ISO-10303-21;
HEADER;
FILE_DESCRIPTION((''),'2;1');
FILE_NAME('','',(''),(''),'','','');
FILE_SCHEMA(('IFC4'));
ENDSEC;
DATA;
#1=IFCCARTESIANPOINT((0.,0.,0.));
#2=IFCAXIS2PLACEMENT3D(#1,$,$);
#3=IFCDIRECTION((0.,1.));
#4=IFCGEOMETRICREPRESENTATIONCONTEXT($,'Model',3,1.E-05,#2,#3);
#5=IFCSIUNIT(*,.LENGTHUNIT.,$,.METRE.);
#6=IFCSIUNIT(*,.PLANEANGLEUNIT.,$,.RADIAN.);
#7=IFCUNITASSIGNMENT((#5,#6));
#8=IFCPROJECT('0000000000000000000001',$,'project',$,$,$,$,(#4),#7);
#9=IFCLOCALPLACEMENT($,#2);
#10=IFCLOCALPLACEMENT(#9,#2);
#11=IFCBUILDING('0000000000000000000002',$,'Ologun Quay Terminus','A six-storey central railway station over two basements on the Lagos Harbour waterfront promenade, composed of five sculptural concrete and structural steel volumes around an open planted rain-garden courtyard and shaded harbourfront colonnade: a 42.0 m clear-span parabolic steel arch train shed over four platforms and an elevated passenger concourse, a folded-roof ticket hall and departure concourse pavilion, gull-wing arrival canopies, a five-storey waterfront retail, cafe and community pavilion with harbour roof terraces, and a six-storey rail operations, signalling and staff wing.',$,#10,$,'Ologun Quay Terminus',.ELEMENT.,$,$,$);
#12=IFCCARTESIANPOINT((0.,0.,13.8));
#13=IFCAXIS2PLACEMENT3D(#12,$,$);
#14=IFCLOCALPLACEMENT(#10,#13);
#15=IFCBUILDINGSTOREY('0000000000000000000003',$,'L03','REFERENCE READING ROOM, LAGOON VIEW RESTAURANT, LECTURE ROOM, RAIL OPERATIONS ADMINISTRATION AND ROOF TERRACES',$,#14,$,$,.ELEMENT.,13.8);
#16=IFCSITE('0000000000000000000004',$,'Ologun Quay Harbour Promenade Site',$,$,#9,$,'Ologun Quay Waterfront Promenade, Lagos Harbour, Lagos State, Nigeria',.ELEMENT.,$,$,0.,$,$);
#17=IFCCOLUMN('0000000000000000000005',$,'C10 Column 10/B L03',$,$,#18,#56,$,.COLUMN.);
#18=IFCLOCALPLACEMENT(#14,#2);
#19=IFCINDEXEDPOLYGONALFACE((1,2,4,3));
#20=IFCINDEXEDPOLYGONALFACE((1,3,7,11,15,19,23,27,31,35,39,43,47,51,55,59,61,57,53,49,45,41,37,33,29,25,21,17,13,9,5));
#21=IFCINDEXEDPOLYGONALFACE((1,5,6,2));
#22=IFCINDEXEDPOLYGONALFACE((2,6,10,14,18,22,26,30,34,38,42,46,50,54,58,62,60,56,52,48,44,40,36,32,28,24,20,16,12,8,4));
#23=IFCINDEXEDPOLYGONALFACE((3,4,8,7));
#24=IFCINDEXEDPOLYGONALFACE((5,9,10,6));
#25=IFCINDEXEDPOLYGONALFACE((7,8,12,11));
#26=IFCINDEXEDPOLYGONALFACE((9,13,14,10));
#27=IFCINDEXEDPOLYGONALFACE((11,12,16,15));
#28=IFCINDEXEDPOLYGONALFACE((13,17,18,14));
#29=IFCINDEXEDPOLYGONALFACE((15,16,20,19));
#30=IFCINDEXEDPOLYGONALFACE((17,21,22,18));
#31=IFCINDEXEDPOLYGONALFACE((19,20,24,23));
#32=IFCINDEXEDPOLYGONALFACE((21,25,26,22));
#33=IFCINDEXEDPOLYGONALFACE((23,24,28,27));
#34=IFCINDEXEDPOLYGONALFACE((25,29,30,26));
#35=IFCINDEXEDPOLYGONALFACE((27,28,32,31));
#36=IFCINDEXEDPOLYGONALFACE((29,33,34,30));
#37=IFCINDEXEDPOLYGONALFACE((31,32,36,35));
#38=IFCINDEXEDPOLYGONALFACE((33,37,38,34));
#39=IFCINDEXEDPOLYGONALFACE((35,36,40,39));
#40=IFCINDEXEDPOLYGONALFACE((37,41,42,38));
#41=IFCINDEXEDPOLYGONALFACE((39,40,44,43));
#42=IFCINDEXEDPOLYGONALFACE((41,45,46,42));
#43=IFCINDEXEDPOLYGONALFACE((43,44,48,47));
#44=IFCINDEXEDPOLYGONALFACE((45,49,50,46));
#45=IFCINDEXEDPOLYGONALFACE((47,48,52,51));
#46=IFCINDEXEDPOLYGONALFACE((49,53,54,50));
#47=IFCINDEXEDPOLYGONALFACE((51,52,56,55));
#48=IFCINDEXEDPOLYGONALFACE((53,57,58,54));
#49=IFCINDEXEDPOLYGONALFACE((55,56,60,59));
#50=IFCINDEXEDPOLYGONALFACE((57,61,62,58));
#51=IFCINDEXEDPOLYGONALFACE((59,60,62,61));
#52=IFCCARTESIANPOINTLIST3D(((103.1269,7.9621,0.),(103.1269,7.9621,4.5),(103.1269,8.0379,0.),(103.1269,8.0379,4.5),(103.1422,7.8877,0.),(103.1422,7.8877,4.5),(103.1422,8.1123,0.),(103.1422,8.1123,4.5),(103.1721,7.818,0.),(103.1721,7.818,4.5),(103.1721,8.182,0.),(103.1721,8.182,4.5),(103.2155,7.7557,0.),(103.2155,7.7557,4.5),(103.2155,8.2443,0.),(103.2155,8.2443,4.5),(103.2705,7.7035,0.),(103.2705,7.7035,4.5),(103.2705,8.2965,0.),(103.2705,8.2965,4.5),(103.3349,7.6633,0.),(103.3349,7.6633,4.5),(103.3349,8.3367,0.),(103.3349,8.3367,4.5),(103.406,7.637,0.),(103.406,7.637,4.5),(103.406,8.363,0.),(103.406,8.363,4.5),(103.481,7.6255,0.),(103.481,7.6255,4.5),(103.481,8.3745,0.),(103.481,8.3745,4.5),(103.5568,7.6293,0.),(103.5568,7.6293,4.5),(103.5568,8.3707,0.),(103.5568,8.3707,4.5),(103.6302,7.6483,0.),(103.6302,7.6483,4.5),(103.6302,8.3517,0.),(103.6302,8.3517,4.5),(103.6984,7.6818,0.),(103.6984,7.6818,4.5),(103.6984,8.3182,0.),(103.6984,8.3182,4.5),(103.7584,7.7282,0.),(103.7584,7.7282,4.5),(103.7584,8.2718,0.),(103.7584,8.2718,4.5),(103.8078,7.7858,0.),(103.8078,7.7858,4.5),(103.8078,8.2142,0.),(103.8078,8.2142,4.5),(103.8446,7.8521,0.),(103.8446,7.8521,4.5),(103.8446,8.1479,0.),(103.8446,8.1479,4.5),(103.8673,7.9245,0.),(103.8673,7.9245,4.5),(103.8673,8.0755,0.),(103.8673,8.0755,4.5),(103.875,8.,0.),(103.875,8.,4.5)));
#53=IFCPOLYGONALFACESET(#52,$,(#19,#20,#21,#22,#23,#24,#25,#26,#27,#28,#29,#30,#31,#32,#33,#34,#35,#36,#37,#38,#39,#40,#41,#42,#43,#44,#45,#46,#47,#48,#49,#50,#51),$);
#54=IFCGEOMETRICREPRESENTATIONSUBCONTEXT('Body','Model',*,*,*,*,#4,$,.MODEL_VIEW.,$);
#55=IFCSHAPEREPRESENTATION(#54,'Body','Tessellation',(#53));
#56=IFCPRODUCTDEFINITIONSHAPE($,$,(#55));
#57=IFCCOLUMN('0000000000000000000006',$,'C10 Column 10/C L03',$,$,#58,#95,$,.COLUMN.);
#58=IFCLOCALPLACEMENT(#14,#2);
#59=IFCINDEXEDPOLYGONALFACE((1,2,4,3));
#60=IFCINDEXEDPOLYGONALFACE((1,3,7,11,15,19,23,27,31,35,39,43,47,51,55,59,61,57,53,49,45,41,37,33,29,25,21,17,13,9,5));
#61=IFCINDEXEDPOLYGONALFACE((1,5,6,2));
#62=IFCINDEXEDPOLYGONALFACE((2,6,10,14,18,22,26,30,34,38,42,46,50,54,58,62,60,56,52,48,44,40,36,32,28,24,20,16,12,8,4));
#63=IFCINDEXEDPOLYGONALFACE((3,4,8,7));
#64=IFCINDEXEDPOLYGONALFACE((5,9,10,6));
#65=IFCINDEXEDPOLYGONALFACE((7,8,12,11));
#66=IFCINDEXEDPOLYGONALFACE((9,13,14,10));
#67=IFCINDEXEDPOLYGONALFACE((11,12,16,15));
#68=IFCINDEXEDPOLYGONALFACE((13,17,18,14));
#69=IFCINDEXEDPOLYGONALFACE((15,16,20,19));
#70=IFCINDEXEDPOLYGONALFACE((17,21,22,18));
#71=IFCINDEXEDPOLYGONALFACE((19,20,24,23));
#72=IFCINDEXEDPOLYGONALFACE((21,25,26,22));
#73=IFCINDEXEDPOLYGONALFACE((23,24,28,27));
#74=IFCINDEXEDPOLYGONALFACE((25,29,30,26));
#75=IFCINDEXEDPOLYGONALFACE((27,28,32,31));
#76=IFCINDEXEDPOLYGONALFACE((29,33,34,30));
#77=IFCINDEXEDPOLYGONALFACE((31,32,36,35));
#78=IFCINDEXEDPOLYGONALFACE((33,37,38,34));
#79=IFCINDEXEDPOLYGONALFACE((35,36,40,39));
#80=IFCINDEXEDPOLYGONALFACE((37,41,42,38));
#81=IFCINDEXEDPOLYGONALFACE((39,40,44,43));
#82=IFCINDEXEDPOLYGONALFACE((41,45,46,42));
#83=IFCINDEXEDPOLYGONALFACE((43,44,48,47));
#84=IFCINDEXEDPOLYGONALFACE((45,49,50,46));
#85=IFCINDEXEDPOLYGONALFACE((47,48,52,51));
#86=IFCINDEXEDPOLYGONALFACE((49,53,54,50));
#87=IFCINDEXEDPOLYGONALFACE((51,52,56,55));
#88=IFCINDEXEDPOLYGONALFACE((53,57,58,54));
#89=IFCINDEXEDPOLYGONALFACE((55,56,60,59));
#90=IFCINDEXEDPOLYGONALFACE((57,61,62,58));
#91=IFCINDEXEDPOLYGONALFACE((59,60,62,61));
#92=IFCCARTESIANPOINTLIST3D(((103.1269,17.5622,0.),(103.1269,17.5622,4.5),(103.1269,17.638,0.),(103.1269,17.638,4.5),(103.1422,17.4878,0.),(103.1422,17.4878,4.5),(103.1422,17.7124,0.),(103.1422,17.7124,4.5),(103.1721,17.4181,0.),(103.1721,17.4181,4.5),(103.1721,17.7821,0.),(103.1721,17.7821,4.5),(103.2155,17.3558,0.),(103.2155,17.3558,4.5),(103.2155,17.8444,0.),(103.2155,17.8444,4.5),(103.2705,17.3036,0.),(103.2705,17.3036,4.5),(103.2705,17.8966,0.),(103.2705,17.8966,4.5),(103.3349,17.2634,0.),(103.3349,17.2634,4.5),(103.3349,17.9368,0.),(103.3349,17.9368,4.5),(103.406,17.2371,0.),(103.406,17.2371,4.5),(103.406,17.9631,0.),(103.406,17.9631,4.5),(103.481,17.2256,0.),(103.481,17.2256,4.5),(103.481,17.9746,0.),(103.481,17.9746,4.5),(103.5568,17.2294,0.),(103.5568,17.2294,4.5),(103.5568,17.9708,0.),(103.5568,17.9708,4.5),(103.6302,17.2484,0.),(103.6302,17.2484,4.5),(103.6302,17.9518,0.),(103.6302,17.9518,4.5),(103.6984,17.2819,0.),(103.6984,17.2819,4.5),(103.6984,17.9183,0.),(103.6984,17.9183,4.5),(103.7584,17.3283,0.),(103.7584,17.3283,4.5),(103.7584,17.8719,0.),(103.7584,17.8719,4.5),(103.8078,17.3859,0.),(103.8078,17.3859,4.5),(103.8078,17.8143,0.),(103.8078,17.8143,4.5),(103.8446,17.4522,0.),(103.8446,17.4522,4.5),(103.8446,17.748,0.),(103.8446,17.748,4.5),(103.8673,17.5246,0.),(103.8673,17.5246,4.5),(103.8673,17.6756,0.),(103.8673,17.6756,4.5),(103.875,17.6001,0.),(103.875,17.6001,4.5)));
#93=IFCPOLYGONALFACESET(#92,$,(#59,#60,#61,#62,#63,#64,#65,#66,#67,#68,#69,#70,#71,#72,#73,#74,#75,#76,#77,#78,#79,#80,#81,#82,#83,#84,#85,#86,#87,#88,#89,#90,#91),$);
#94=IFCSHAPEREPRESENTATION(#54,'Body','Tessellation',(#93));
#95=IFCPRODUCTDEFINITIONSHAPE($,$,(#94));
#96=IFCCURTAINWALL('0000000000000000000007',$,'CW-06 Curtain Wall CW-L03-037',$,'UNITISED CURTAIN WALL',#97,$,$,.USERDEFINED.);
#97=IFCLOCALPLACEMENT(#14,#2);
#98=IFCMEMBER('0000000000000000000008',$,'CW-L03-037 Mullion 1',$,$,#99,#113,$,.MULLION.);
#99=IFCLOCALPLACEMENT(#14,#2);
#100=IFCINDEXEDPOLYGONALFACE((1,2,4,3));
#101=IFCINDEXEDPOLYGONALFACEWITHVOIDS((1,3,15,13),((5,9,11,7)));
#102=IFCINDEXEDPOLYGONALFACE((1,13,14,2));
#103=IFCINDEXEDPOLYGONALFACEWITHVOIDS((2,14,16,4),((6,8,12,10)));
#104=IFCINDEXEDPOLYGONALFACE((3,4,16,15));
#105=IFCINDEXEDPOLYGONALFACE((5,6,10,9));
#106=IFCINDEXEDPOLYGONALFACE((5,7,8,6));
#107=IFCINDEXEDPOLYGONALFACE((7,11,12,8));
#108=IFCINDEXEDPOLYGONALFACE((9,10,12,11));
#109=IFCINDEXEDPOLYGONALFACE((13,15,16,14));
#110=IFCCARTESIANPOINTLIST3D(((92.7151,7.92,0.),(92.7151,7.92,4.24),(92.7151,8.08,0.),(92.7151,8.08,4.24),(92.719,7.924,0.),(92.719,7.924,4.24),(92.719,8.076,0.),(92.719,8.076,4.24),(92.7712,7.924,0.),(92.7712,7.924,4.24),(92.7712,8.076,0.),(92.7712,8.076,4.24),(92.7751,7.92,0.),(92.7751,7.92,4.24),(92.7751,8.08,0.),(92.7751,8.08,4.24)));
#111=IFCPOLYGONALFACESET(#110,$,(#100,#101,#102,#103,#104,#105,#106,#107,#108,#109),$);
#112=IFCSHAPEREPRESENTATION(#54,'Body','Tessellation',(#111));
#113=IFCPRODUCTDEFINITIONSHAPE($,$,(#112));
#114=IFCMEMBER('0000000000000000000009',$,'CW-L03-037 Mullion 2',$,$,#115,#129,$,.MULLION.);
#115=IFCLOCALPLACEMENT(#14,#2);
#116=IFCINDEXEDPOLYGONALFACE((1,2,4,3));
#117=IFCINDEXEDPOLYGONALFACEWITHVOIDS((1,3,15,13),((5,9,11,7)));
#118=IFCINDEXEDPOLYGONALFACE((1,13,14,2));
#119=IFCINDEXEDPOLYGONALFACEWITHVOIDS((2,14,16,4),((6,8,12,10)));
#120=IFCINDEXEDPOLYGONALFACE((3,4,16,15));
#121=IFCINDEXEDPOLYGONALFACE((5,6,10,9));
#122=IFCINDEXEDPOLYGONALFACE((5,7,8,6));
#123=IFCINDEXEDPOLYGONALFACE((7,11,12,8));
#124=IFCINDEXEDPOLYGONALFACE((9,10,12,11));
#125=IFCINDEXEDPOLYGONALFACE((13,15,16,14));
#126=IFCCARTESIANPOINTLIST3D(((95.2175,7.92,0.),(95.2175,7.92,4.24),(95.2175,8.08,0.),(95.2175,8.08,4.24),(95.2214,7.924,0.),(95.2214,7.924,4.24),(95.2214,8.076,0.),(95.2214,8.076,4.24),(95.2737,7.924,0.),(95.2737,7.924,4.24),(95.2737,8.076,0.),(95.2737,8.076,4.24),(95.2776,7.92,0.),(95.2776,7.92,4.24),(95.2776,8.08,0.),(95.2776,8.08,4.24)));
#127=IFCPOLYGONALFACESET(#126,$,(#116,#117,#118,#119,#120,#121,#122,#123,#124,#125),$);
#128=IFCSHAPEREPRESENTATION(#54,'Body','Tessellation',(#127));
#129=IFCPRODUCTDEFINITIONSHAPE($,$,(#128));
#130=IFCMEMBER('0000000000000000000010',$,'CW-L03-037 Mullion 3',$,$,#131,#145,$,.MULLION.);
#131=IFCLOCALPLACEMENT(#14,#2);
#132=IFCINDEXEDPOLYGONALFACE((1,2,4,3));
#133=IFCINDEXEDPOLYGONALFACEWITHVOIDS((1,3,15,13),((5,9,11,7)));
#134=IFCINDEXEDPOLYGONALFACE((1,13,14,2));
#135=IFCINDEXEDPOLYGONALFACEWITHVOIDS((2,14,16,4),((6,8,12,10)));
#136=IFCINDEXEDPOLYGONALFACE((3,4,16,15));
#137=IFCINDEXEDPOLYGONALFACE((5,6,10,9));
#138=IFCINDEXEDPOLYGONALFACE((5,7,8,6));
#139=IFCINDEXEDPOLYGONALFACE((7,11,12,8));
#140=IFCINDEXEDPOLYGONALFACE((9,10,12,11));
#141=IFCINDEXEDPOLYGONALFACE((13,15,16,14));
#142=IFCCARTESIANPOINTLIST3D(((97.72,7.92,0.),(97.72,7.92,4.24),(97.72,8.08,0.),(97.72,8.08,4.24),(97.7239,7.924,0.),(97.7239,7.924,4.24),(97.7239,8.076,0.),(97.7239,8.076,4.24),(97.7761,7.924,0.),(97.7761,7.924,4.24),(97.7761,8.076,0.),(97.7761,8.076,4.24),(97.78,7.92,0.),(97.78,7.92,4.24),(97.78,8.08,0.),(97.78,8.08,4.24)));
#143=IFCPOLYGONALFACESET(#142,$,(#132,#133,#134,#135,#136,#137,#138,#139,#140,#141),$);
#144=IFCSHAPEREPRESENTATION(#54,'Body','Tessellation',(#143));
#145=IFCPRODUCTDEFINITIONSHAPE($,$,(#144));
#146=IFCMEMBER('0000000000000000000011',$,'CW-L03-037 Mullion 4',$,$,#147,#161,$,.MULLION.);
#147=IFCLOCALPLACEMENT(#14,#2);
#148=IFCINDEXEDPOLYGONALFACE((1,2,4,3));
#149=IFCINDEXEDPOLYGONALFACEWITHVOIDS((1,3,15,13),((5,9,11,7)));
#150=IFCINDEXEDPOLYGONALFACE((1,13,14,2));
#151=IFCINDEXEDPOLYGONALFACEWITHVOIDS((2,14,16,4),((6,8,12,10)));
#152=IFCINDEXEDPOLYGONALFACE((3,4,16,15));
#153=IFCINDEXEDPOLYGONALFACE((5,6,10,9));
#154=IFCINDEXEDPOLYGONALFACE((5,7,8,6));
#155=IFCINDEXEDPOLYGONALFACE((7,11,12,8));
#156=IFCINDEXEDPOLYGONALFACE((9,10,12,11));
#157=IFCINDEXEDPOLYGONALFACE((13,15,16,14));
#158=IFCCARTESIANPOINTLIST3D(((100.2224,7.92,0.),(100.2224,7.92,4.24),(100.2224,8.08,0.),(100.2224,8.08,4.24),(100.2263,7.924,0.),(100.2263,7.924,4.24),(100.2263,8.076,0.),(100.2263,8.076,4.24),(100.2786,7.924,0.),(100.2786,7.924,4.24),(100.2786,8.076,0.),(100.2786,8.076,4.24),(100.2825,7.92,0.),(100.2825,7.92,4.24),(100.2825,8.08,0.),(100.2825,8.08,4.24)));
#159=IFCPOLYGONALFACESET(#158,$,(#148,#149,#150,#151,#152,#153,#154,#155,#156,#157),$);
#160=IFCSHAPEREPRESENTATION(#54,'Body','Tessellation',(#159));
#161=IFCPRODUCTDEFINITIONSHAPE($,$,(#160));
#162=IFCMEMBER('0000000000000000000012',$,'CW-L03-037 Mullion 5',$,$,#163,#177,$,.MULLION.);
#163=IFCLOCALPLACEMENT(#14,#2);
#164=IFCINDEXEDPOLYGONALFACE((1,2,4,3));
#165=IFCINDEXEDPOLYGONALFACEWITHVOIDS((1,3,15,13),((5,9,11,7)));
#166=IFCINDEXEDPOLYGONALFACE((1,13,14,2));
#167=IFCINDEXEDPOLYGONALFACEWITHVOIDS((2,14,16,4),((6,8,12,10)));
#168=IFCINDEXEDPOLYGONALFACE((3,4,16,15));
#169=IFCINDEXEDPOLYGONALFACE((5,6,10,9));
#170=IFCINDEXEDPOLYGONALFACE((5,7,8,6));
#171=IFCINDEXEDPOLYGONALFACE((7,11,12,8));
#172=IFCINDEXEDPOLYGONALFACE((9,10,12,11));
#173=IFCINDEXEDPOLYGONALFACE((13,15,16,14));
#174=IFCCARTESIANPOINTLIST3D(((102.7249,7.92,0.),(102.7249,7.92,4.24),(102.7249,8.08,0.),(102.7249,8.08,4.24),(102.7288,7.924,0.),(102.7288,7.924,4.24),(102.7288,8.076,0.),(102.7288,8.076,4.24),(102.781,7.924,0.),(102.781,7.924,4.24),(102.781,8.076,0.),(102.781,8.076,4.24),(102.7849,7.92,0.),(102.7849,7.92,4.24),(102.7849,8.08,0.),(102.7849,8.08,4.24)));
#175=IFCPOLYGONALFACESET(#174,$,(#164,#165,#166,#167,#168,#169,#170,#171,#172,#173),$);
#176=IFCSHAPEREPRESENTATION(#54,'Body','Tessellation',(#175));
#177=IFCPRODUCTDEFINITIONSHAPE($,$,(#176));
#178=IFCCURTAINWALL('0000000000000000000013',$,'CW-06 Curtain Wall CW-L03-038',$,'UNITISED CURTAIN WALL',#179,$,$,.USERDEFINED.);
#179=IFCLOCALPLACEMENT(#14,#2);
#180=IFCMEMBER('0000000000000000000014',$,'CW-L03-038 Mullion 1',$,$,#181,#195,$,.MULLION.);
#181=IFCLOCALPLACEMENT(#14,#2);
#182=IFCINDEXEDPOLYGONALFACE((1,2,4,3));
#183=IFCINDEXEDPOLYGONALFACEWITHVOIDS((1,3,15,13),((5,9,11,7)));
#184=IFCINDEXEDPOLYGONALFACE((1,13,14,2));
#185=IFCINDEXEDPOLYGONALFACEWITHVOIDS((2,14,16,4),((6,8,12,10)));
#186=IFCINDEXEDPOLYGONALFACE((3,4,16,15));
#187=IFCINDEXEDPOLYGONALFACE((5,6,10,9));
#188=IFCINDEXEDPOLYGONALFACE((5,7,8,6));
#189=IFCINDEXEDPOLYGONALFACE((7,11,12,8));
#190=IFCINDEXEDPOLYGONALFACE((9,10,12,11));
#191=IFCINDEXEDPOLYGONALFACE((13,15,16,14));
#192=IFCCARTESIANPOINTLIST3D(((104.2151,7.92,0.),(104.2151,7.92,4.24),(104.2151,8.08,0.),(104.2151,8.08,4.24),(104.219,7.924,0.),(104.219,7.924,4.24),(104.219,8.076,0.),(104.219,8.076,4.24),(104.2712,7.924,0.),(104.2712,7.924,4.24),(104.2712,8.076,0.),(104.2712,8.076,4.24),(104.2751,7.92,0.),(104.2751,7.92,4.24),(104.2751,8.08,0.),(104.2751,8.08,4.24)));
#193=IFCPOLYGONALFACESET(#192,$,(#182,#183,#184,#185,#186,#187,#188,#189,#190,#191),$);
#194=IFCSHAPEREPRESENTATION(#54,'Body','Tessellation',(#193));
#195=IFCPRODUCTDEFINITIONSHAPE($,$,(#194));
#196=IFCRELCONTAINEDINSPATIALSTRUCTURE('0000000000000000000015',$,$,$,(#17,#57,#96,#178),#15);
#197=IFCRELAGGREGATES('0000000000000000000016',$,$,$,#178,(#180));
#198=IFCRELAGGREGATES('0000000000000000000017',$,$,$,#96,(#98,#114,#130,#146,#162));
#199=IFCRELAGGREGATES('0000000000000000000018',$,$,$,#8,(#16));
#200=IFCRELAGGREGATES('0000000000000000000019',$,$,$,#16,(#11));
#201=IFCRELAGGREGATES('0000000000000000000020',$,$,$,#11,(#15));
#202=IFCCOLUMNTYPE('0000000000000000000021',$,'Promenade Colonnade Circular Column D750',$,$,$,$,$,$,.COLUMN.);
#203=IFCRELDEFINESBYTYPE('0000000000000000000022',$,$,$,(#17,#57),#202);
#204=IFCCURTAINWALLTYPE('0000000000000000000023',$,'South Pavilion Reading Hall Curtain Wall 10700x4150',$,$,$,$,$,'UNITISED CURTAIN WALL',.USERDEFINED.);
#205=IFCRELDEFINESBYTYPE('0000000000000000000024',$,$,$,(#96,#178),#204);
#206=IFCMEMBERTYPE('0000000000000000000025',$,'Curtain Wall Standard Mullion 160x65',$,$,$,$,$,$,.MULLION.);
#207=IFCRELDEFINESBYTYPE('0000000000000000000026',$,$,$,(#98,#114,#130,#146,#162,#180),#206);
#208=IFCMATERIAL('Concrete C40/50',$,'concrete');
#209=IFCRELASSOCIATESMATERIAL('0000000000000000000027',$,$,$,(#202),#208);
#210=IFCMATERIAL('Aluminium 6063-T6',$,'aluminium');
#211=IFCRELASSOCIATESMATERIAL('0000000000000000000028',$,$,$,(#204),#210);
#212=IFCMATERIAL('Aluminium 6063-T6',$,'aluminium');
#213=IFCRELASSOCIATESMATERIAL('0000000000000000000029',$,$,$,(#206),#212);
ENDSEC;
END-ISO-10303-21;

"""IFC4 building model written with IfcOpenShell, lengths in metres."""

from ifc_helpers import new_model, si_unit, direction, frame, origin, origin_2d, place, context, subcontext, project, spatial, hollow_rectangle, circle, extrude, material, material_profile, profile_set, type_object, element, aggregate, save


model = new_model("IFC4")

# Units and contexts
model_context = context("Model", 3, precision=1e-05, world=origin(), true_north=direction((0.0, 1.0)))
body_context = subcontext(model_context, "Body", "Model", "MODEL_VIEW")
ifc_project = project(units=[si_unit("LENGTHUNIT", "METRE"), si_unit("PLANEANGLEUNIT", "RADIAN")], contexts=[model_context])

# Site, building, storey
site_placement = place(None, origin())
site = spatial("IfcSite", under=ifc_project, at=site_placement, Name="Ologun Quay Harbour Promenade Site", LongName="Ologun Quay Waterfront Promenade, Lagos Harbour, Lagos State, Nigeria", CompositionType="ELEMENT", RefElevation=0.0)
building_placement = place(site_placement, origin())
building = spatial("IfcBuilding", under=site, at=building_placement, Name="Ologun Quay Terminus", Description="A six-storey central railway station over two basements on the Lagos Harbour waterfront promenade, composed of five sculptural concrete and structural steel volumes around an open planted rain-garden courtyard and shaded harbourfront colonnade: a 42.0 m clear-span parabolic steel arch train shed over four platforms and an elevated passenger concourse, a folded-roof ticket hall and departure concourse pavilion, gull-wing arrival canopies, a five-storey waterfront retail, cafe and community pavilion with harbour roof terraces, and a six-storey rail operations, signalling and staff wing.", LongName="Ologun Quay Terminus", CompositionType="ELEMENT")
storey_placement = place(building_placement, frame((0.0, 0.0, 13.8)))
storey = spatial("IfcBuildingStorey", under=building, at=storey_placement, Name="L03", Description="REFERENCE READING ROOM, LAGOON VIEW RESTAURANT, LECTURE ROOM, RAIL OPERATIONS ADMINISTRATION AND ROOF TERRACES", CompositionType="ELEMENT", Elevation=13.8)

# Columns
ifc_material_1 = material(Name="Concrete C40/50", Category="concrete")
ifc_material_profile_1 = material_profile(ifc_material_1, circle(Radius=0.375, at=origin_2d()), Name="RC D750")
ifc_profile_set_1 = profile_set([ifc_material_profile_1], Name="Concrete C40/50")
column_type = type_object("IfcColumnType", Name="Promenade Colonnade Circular Column D750", PredefinedType="COLUMN", material=ifc_profile_set_1)
for number, where, z_axis, x_axis, name in (
    (1, (103.5, 8.0, 0.0), (0.0, 0.0, 1.0), (1.0, 0.0, 0.0), "C10 Column 10/B L03"),
    (2, (103.5, 17.6001, 0.0), (0.0, 0.0, 1.0), (1.0, 0.0, 0.0), "C10 Column 10/C L03"),
):
    element("IfcColumn", number, at=place(storey_placement, frame(where, z_axis=z_axis, x_axis=x_axis)), inside=storey, type_object=column_type, Name=name, PredefinedType="COLUMN", context=body_context, shape_type="SweptSolid", body=[
        extrude(circle(Radius=0.375, at=origin_2d()), origin(), (0.0, 0.0, 1.0), 4.5),
    ])

# Curtain wall, members
ifc_material_2 = material(Name="Aluminium 6063-T6", Category="aluminium")
curtain_wall_type = type_object("IfcCurtainWallType", Name="South Pavilion Reading Hall Curtain Wall 10700x4150", ElementType="UNITISED CURTAIN WALL", PredefinedType="USERDEFINED", material=ifc_material_2)
curtain_wall_1_placement = place(storey_placement, origin())
curtain_wall_1 = element("IfcCurtainWall", 3, at=curtain_wall_1_placement, inside=storey, type_object=curtain_wall_type, Name="CW-06 Curtain Wall CW-L03-037", ObjectType="UNITISED CURTAIN WALL", PredefinedType="USERDEFINED")
ifc_material_3 = material(Name="Aluminium 6063-T6", Category="aluminium")
ifc_material_profile_2 = material_profile(ifc_material_3, hollow_rectangle(XDim=0.0601, YDim=0.1599, WallThickness=0.0039, at=origin_2d()), Name="ALU 160x60x4")
ifc_profile_set_2 = profile_set([ifc_material_profile_2], Name="Aluminium 6063-T6")
member_type_1 = type_object("IfcMemberType", Name="Curtain Wall Standard Mullion 160x65", PredefinedType="MULLION", material=ifc_profile_set_2)
member_1_placement = place(storey_placement, frame((92.7451, 8.0, 0.0), z_axis=(0.0, 0.0, 1.0), x_axis=(1.0, 0.0, 0.0)))
member_1 = element("IfcMember", 4, at=member_1_placement, type_object=member_type_1, Name="CW-L03-037 Mullion 1", PredefinedType="MULLION", context=body_context, shape_type="SweptSolid", body=[
    extrude(hollow_rectangle(XDim=0.0601, YDim=0.1599, WallThickness=0.0039, at=origin_2d()), origin(), (0.0, 0.0, 1.0), 4.24),
])
member_2_placement = place(storey_placement, frame((95.2476, 8.0, 0.0), z_axis=(0.0, 0.0, 1.0), x_axis=(1.0, 0.0, 0.0)))
member_2 = element("IfcMember", 5, at=member_2_placement, type_object=member_type_1, Name="CW-L03-037 Mullion 2", PredefinedType="MULLION", context=body_context, shape_type="SweptSolid", body=[
    extrude(hollow_rectangle(XDim=0.0601, YDim=0.1599, WallThickness=0.0039, at=origin_2d()), origin(), (0.0, 0.0, 1.0), 4.24),
])
member_3_placement = place(storey_placement, frame((97.75, 8.0, 0.0), z_axis=(0.0, 0.0, 1.0), x_axis=(1.0, 0.0, 0.0)))
member_3 = element("IfcMember", 6, at=member_3_placement, type_object=member_type_1, Name="CW-L03-037 Mullion 3", PredefinedType="MULLION", context=body_context, shape_type="SweptSolid", body=[
    extrude(hollow_rectangle(XDim=0.0601, YDim=0.1599, WallThickness=0.0039, at=origin_2d()), origin(), (0.0, 0.0, 1.0), 4.24),
])
member_4_placement = place(storey_placement, frame((100.2524, 8.0, 0.0), z_axis=(0.0, 0.0, 1.0), x_axis=(1.0, 0.0, 0.0)))
member_4 = element("IfcMember", 7, at=member_4_placement, type_object=member_type_1, Name="CW-L03-037 Mullion 4", PredefinedType="MULLION", context=body_context, shape_type="SweptSolid", body=[
    extrude(hollow_rectangle(XDim=0.0601, YDim=0.1599, WallThickness=0.0039, at=origin_2d()), origin(), (0.0, 0.0, 1.0), 4.24),
])
member_5_placement = place(storey_placement, frame((102.7549, 8.0, 0.0), z_axis=(0.0, 0.0, 1.0), x_axis=(1.0, 0.0, 0.0)))
member_5 = element("IfcMember", 8, at=member_5_placement, type_object=member_type_1, Name="CW-L03-037 Mullion 5", PredefinedType="MULLION", context=body_context, shape_type="SweptSolid", body=[
    extrude(hollow_rectangle(XDim=0.0601, YDim=0.1599, WallThickness=0.0039, at=origin_2d()), origin(), (0.0, 0.0, 1.0), 4.24),
])

# Curtain wall, member
curtain_wall_2_placement = place(storey_placement, origin())
curtain_wall_2 = element("IfcCurtainWall", 9, at=curtain_wall_2_placement, inside=storey, type_object=curtain_wall_type, Name="CW-06 Curtain Wall CW-L03-038", ObjectType="UNITISED CURTAIN WALL", PredefinedType="USERDEFINED")
member_6_placement = place(storey_placement, frame((104.2451, 8.0, 0.0), z_axis=(0.0, 0.0, 1.0), x_axis=(1.0, 0.0, 0.0)))
member_6 = element("IfcMember", 10, at=member_6_placement, type_object=member_type_1, Name="CW-L03-038 Mullion 1", PredefinedType="MULLION", context=body_context, shape_type="SweptSolid", body=[
    extrude(hollow_rectangle(XDim=0.0601, YDim=0.1599, WallThickness=0.0039, at=origin_2d()), origin(), (0.0, 0.0, 1.0), 4.24),
])

aggregate(curtain_wall_2, [member_6])
aggregate(curtain_wall_1, [member_1, member_2, member_3, member_4, member_5])

save(model, "model.ifc")
